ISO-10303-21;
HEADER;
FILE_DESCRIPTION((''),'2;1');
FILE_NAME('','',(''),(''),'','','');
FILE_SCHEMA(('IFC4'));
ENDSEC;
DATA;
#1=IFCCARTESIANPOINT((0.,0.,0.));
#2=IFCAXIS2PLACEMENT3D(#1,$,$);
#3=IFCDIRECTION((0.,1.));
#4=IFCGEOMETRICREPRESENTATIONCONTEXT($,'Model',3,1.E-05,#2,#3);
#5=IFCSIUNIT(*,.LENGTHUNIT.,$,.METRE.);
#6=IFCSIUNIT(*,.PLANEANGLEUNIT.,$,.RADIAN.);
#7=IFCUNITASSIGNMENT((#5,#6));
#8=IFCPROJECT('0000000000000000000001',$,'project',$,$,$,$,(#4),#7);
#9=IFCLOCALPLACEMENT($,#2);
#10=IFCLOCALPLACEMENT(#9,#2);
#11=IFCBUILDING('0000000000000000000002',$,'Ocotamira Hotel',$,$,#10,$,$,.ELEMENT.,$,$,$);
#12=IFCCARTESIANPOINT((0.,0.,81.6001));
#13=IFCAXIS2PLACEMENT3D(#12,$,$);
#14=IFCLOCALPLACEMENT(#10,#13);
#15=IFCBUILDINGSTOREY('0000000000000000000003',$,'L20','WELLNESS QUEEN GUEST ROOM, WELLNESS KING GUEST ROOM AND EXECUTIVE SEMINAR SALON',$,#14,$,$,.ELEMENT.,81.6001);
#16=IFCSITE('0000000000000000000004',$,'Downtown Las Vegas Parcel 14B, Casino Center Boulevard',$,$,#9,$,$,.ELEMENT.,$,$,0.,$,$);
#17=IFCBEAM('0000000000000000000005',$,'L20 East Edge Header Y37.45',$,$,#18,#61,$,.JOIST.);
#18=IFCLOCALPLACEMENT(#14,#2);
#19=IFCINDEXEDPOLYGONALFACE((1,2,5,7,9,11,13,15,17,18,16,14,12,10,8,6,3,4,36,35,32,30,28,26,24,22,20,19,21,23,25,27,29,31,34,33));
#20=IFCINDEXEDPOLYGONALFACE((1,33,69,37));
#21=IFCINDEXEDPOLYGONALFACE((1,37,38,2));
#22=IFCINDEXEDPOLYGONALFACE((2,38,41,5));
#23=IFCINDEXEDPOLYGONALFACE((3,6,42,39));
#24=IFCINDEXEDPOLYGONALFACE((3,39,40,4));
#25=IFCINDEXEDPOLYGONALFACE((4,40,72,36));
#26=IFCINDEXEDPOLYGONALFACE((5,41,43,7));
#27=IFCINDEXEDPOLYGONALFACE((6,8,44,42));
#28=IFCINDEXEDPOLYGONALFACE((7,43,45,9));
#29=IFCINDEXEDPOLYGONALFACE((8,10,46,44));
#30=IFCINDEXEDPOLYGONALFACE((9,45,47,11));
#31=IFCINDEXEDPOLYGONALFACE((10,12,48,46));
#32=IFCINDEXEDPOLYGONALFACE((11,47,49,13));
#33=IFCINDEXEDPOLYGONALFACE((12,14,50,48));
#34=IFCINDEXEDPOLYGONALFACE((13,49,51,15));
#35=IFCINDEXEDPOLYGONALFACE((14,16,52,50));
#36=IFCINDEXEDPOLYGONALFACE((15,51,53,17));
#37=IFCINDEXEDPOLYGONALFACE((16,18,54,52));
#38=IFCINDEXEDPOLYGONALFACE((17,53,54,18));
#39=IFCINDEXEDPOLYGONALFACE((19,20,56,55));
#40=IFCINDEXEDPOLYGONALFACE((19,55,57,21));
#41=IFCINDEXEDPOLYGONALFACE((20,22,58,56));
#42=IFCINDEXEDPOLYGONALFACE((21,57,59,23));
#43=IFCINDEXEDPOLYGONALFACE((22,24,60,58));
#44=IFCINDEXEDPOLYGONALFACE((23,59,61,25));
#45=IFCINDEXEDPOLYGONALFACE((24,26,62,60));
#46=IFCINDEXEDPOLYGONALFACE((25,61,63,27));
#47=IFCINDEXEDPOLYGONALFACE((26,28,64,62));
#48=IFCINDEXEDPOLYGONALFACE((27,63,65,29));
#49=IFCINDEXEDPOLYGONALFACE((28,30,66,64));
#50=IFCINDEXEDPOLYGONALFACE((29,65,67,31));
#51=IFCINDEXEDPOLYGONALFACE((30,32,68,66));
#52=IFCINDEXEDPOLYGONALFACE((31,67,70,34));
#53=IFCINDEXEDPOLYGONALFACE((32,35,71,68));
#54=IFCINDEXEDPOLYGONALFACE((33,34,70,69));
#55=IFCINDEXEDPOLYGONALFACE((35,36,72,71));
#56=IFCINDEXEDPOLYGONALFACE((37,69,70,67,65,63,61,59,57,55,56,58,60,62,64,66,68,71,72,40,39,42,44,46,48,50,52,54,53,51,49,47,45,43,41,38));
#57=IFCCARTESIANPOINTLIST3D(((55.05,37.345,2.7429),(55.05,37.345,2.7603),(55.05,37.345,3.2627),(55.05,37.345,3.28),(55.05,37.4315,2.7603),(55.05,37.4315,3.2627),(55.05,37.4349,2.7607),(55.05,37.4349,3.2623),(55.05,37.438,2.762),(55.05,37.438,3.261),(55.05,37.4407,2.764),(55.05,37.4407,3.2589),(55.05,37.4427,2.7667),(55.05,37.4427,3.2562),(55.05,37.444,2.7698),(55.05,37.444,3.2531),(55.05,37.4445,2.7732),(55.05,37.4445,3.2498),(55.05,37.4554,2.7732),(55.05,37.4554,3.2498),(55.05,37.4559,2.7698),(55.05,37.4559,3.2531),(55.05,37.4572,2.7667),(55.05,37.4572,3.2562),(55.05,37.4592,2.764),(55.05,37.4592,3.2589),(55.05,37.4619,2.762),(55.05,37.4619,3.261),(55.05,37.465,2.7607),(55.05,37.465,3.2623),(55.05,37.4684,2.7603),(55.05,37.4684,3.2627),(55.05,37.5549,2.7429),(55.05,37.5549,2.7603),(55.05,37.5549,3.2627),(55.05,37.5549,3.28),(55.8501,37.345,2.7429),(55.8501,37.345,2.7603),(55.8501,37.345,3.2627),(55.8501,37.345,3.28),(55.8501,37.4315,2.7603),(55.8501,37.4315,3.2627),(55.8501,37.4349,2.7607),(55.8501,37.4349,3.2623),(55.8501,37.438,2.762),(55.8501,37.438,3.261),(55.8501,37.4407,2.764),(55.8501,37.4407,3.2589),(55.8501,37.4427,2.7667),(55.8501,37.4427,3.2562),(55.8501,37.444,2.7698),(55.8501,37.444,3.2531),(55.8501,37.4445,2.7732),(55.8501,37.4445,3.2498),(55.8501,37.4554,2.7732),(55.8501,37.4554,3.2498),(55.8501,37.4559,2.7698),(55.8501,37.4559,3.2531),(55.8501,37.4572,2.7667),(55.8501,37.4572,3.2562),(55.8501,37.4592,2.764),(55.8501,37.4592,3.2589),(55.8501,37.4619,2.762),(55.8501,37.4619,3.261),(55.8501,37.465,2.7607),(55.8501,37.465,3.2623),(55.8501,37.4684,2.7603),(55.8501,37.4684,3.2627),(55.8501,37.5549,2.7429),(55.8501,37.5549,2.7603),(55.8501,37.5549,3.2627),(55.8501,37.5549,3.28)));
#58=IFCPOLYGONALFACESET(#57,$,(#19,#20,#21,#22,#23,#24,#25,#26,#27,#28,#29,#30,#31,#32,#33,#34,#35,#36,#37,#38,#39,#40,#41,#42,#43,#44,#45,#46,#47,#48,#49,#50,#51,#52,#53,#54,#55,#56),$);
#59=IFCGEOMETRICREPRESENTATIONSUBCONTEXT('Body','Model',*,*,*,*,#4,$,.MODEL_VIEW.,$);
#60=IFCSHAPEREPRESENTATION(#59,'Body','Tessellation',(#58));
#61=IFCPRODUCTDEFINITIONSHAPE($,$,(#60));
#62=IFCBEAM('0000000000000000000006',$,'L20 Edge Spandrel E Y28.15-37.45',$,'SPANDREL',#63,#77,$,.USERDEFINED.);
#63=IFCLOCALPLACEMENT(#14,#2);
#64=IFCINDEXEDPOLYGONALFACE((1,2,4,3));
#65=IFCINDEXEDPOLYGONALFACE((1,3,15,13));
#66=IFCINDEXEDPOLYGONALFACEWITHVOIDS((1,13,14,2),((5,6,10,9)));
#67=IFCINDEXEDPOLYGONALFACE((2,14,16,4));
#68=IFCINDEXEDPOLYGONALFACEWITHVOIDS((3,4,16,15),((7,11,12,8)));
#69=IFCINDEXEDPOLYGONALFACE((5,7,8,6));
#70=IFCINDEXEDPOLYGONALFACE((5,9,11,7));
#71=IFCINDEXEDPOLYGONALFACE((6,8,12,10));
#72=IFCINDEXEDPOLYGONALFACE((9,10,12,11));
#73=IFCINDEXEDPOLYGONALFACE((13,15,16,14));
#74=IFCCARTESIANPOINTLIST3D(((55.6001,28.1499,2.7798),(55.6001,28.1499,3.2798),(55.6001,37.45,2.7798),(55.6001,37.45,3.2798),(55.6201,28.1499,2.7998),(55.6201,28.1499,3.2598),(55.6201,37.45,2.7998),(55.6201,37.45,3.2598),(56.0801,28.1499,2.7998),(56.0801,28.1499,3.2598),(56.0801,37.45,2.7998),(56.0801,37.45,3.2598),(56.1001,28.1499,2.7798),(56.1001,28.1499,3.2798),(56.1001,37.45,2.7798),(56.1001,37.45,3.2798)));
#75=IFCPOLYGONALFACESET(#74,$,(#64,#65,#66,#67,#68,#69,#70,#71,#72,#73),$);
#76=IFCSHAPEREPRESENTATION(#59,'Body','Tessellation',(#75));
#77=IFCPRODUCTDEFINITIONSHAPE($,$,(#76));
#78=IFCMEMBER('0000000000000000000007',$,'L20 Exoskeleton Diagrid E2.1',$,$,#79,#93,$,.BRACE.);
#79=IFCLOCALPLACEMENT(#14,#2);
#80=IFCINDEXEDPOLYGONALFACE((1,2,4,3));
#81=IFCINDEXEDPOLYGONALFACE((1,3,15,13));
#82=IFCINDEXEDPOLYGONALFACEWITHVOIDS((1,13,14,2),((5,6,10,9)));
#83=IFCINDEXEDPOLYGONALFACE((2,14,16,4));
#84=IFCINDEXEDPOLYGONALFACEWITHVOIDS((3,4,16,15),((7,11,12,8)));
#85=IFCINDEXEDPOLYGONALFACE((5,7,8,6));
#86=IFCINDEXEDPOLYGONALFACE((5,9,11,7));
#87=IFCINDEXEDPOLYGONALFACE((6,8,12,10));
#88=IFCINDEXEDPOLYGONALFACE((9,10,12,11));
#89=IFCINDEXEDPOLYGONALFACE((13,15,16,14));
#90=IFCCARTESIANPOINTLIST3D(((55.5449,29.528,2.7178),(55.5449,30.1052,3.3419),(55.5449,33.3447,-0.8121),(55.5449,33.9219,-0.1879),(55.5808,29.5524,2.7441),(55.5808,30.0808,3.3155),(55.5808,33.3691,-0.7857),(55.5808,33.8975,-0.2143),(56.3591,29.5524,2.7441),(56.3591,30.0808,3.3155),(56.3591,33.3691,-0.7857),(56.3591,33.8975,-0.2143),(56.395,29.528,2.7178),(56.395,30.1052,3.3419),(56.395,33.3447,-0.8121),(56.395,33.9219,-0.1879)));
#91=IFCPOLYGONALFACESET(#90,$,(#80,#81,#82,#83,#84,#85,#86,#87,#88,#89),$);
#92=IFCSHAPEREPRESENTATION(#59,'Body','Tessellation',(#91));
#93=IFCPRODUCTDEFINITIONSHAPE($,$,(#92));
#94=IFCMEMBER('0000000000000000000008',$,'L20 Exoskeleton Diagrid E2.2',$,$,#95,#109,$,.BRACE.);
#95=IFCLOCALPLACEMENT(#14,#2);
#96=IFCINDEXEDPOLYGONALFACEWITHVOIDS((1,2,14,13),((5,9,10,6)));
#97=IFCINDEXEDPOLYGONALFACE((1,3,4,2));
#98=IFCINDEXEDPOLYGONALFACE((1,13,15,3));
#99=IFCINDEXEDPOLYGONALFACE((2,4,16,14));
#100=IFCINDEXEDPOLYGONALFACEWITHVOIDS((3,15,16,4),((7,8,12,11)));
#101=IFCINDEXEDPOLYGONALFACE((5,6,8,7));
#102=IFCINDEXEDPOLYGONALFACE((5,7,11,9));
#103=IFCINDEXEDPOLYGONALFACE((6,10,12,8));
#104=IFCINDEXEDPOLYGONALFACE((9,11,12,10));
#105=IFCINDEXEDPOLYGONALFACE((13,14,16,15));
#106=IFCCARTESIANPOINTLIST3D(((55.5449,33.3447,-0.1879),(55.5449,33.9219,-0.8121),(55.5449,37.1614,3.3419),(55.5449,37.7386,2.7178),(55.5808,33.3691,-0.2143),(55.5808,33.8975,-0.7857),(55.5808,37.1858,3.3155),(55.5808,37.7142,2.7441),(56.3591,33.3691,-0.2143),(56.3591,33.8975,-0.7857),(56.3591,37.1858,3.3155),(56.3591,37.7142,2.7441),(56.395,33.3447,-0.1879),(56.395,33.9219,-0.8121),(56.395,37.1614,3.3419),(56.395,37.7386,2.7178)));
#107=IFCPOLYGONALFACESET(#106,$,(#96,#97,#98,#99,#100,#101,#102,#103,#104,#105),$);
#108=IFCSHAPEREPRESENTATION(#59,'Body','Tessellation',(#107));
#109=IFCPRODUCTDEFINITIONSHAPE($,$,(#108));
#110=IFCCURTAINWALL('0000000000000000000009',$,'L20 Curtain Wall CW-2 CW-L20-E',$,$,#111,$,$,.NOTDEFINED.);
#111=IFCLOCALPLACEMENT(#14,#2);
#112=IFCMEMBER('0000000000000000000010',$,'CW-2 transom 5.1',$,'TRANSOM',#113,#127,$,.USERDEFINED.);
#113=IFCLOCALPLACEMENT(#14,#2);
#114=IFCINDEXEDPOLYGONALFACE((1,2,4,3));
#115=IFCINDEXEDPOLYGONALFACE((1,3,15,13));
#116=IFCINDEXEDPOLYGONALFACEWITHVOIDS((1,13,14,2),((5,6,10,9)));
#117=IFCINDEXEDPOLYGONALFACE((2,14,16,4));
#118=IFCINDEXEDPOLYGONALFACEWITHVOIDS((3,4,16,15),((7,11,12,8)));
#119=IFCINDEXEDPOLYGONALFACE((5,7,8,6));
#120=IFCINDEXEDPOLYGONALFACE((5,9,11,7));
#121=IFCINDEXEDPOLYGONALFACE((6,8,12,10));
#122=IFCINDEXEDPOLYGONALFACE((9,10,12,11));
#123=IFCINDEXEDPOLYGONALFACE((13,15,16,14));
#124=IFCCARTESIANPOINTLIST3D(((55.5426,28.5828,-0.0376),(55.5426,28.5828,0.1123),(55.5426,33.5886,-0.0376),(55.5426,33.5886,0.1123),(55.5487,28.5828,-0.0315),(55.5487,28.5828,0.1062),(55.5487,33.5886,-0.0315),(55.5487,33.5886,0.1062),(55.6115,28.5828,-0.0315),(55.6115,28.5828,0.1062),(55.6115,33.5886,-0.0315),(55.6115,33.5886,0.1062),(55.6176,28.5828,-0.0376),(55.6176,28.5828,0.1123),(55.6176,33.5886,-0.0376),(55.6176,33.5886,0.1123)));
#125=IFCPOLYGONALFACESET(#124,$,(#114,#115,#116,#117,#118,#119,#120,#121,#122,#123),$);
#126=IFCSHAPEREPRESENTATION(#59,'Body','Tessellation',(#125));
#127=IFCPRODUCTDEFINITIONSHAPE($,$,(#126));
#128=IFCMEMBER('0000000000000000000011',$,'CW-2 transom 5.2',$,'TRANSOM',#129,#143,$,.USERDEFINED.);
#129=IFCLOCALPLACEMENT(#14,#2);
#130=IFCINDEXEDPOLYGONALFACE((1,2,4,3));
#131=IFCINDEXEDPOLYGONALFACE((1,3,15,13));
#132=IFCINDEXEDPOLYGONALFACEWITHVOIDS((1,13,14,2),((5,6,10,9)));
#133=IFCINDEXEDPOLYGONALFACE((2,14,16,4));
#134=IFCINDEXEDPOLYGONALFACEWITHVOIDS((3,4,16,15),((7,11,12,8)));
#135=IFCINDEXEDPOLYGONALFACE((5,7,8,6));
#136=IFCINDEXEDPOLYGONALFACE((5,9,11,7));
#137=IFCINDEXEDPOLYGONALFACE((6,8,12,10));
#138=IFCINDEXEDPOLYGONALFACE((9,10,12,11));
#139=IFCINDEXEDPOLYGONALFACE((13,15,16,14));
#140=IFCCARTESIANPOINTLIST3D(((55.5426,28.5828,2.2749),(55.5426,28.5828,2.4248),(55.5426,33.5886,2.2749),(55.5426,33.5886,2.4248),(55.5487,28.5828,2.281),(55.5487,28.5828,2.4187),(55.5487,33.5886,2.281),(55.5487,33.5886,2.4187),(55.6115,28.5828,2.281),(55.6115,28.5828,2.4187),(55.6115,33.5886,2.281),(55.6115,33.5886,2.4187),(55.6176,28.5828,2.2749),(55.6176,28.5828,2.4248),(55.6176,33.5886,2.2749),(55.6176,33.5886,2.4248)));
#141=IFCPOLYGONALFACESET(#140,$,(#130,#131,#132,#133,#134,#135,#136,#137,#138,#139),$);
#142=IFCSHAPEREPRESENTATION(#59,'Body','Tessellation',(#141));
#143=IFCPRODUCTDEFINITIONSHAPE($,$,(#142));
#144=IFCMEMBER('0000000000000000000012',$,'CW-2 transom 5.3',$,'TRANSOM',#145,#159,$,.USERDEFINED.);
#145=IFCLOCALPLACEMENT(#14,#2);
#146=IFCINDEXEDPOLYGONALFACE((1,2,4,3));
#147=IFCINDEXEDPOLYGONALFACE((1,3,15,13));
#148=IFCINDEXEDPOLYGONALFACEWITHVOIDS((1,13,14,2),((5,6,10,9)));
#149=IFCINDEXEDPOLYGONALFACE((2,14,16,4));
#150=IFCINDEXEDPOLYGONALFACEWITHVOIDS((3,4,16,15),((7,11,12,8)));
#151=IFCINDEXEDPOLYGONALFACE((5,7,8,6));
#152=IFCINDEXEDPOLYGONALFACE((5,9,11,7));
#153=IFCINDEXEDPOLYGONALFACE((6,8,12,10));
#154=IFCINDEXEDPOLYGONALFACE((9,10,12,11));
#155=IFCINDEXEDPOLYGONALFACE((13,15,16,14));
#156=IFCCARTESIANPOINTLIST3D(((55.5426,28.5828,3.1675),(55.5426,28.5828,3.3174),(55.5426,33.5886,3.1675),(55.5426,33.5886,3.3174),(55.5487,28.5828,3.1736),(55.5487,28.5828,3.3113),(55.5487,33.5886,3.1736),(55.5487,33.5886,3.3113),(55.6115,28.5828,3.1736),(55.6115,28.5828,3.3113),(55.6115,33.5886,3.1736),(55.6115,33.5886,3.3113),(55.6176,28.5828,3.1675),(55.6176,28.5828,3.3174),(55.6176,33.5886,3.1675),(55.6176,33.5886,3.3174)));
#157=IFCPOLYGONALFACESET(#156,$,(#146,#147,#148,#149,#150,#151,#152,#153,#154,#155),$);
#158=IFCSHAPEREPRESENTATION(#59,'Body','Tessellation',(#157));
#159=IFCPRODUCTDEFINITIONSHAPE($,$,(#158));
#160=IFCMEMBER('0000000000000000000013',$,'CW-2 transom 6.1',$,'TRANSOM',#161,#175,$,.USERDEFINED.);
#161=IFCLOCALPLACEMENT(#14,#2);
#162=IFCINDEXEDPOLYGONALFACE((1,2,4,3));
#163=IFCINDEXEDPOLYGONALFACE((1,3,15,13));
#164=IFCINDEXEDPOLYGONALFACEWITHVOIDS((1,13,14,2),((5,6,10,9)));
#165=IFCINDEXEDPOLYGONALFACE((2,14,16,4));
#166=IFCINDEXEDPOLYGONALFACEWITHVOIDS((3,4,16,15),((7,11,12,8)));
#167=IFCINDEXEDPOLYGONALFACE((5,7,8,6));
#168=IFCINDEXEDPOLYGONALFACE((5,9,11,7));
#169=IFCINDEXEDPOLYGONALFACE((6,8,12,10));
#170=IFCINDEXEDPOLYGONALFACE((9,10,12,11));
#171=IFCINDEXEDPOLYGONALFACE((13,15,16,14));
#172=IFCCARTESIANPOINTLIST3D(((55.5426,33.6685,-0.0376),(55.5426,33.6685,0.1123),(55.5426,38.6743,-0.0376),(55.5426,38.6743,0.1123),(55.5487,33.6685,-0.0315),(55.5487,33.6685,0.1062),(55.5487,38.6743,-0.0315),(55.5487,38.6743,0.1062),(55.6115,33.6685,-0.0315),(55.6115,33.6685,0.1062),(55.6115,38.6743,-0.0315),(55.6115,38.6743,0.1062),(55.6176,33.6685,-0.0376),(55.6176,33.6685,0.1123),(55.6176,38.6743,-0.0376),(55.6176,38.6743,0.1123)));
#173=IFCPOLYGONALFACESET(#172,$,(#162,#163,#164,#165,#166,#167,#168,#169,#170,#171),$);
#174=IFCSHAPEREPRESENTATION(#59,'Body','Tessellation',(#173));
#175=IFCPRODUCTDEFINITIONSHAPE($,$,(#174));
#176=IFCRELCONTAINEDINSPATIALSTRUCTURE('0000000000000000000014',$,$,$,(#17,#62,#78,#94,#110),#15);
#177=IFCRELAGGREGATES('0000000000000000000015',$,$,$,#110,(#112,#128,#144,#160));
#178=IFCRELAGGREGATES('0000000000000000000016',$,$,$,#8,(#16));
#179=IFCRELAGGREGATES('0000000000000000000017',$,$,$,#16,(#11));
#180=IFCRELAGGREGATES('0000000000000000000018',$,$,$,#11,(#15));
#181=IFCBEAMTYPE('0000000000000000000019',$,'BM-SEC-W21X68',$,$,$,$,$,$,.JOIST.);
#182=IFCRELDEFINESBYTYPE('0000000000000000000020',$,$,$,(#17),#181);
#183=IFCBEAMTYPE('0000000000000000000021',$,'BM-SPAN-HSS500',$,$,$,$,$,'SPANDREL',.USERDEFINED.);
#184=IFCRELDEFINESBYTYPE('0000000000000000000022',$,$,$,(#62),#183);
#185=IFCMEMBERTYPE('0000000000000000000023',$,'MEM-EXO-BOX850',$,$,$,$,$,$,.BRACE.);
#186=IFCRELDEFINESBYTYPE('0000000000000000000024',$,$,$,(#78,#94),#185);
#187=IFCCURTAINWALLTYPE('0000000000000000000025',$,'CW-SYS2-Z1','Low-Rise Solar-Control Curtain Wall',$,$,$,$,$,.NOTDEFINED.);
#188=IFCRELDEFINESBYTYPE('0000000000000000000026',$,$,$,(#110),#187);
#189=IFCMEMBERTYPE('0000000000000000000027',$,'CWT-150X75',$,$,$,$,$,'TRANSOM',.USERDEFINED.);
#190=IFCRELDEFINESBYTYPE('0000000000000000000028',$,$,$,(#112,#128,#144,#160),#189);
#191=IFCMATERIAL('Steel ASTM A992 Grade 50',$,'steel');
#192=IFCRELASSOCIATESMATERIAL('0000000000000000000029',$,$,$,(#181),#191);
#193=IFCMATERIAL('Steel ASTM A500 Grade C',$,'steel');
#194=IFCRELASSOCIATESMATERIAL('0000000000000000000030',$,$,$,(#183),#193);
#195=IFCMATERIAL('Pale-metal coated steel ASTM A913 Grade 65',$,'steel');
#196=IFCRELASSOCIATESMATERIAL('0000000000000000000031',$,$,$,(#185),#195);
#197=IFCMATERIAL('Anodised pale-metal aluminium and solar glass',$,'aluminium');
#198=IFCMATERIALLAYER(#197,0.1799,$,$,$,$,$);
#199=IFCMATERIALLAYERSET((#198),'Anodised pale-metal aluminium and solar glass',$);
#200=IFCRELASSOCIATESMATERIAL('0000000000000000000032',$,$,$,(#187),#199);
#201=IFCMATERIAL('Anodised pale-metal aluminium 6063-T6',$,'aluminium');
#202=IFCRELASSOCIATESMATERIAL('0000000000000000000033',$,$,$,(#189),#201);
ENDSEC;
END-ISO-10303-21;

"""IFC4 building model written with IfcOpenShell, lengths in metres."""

from ifc_helpers import new_model, si_unit, direction, frame, origin, origin_2d, place, context, subcontext, project, spatial, hollow_rectangle, i_section, extrude, source, transform, mapped, material, layer, layer_set, material_profile, profile_set, type_object, element, aggregate, save


model = new_model("IFC4")

# Units and contexts
model_context = context("Model", 3, precision=1e-05, world=origin(), true_north=direction((0.0, 1.0)))
body_context = subcontext(model_context, "Body", "Model", "MODEL_VIEW")
ifc_project = project(units=[si_unit("LENGTHUNIT", "METRE"), si_unit("PLANEANGLEUNIT", "RADIAN")], contexts=[model_context])

# Site, building, storey
site_placement = place(None, origin())
site = spatial("IfcSite", under=ifc_project, at=site_placement, Name="Downtown Las Vegas Parcel 14B, Casino Center Boulevard", CompositionType="ELEMENT", RefElevation=0.0)
building_placement = place(site_placement, origin())
building = spatial("IfcBuilding", under=site, at=building_placement, Name="Ocotamira Hotel", CompositionType="ELEMENT")
storey_placement = place(building_placement, frame((0.0, 0.0, 81.6001)))
storey = spatial("IfcBuildingStorey", under=building, at=storey_placement, Name="L20", Description="WELLNESS QUEEN GUEST ROOM, WELLNESS KING GUEST ROOM AND EXECUTIVE SEMINAR SALON", CompositionType="ELEMENT", Elevation=81.6001)

# Beams
ifc_material_1 = material(Name="Steel ASTM A500 Grade C", Category="steel")
ifc_material_2 = material(Name="Steel ASTM A992 Grade 50", Category="steel")
ifc_material_profile_1 = material_profile(ifc_material_2, i_section(OverallWidth=0.21, OverallDepth=0.5371, WebThickness=0.011, FlangeThickness=0.0173, FilletRadius=0.0129, at=origin_2d()), Name="W21X68")
ifc_profile_set_1 = profile_set([ifc_material_profile_1], Name="Steel ASTM A992 Grade 50")
beam_type_1 = type_object("IfcBeamType", Name="BM-SEC-W21X68", PredefinedType="JOIST", material=ifc_profile_set_1)
shared_shape_1 = source(origin(), body_context, "Body", "SweptSolid", [
    extrude(i_section(OverallWidth=0.21, OverallDepth=0.5371, WebThickness=0.011, FlangeThickness=0.0173, FilletRadius=0.0129, at=origin_2d()), origin(), (0.0, 0.0, 1.0), 0.8),
])
for number, where, z_axis, x_axis, name in (
    (1, (55.05, 37.45, 3.0115), (1.0, 0.0, 0.0), (0.0, 1.0, 0.0), "L20 East Edge Header Y37.45"),
):
    element("IfcBeam", number, at=place(storey_placement, frame(where, z_axis=z_axis, x_axis=x_axis)), inside=storey, type_object=beam_type_1, Name=name, PredefinedType="JOIST", context=body_context, shape_type="MappedRepresentation", body=[
        mapped(shared_shape_1, transform((0.0, 0.0, 0.0), scale=1.0)),
    ])
ifc_material_profile_2 = material_profile(ifc_material_1, hollow_rectangle(XDim=0.5, YDim=0.5, WallThickness=0.02, at=origin_2d()), Name="HSS500X500X20")
ifc_profile_set_2 = profile_set([ifc_material_profile_2], Name="Steel ASTM A500 Grade C")
beam_type_2 = type_object("IfcBeamType", Name="BM-SPAN-HSS500", ElementType="SPANDREL", PredefinedType="USERDEFINED", material=ifc_profile_set_2)
shared_shape_2 = source(origin(), body_context, "Body", "SweptSolid", [
    extrude(hollow_rectangle(XDim=0.5, YDim=0.5, WallThickness=0.02, at=origin_2d()), origin(), (0.0, 0.0, 1.0), 9.3),
])
beam_1_placement = place(storey_placement, frame((55.8501, 28.1499, 3.0298), z_axis=(0.0, 1.0, 0.0), x_axis=(-1.0, 0.0, 0.0)))
element("IfcBeam", 2, at=beam_1_placement, inside=storey, type_object=beam_type_2, Name="L20 Edge Spandrel E Y28.15-37.45", ObjectType="SPANDREL", PredefinedType="USERDEFINED", context=body_context, shape_type="MappedRepresentation", body=[
    mapped(shared_shape_2, transform((0.0, 0.0, 0.0), scale=1.0)),
])

# Members
ifc_material_3 = material(Name="Pale-metal coated steel ASTM A913 Grade 65", Category="steel")
ifc_material_profile_3 = material_profile(ifc_material_3, hollow_rectangle(XDim=0.8501, YDim=0.8501, WallThickness=0.0359, at=origin_2d()), Name="BOX850X850X36")
ifc_profile_set_3 = profile_set([ifc_material_profile_3], Name="Pale-metal coated steel ASTM A913 Grade 65")
member_type_1 = type_object("IfcMemberType", Name="MEM-EXO-BOX850", PredefinedType="BRACE", material=ifc_profile_set_3)
shared_shape_3 = source(origin(), body_context, "Body", "SweptSolid", [
    extrude(hollow_rectangle(XDim=0.8501, YDim=0.8501, WallThickness=0.0359, at=origin_2d()), origin(), (0.0, 0.0, 1.0), 5.1987),
])
for number, where, z_axis, x_axis, name in (
    (3, (55.97, 33.6333, -0.5), (0.0, -0.734159, 0.678978), (1.0, 0.0, 0.0), "L20 Exoskeleton Diagrid E2.1"),
    (4, (55.97, 33.6333, -0.5), (0.0, 0.734159, 0.678978), (-1.0, 0.0, 0.0), "L20 Exoskeleton Diagrid E2.2"),
):
    element("IfcMember", number, at=place(storey_placement, frame(where, z_axis=z_axis, x_axis=x_axis)), inside=storey, type_object=member_type_1, Name=name, PredefinedType="BRACE", context=body_context, shape_type="MappedRepresentation", body=[
        mapped(shared_shape_3, transform((0.0, 0.0, 0.0), scale=1.0)),
    ])

# Curtain wall, members
ifc_material_4 = material(Name="Anodised pale-metal aluminium and solar glass", Category="aluminium")
ifc_layer_1 = layer(ifc_material_4, 0.1799)
ifc_layer_set_1 = layer_set([ifc_layer_1], Name="Anodised pale-metal aluminium and solar glass")
curtain_wall_type = type_object("IfcCurtainWallType", Name="CW-SYS2-Z1", Description="Low-Rise Solar-Control Curtain Wall", PredefinedType="NOTDEFINED", material=ifc_layer_set_1)
curtain_wall_placement = place(storey_placement, origin())
curtain_wall = element("IfcCurtainWall", 5, at=curtain_wall_placement, inside=storey, type_object=curtain_wall_type, Name="L20 Curtain Wall CW-2 CW-L20-E", PredefinedType="NOTDEFINED")
ifc_material_5 = material(Name="Anodised pale-metal aluminium 6063-T6", Category="aluminium")
ifc_material_profile_4 = material_profile(ifc_material_5, hollow_rectangle(XDim=0.075, YDim=0.1499, WallThickness=0.0061, at=origin_2d()), Name="HSS150X75X6")
ifc_profile_set_4 = profile_set([ifc_material_profile_4], Name="Anodised pale-metal aluminium 6063-T6")
member_type_2 = type_object("IfcMemberType", Name="CWT-150X75", ElementType="TRANSOM", PredefinedType="USERDEFINED", material=ifc_profile_set_4)
shared_shape_4 = source(origin(), body_context, "Body", "SweptSolid", [
    extrude(hollow_rectangle(XDim=0.075, YDim=0.1499, WallThickness=0.0061, at=origin_2d()), origin(), (0.0, 0.0, 1.0), 5.0059),
])
member_1_placement = place(storey_placement, frame((55.5801, 28.5828, 0.0374), z_axis=(0.0, 1.0, 0.0), x_axis=(-1.0, 0.0, 0.0)))
member_1 = element("IfcMember", 6, at=member_1_placement, type_object=member_type_2, Name="CW-2 transom 5.1", ObjectType="TRANSOM", PredefinedType="USERDEFINED", context=body_context, shape_type="MappedRepresentation", body=[
    mapped(shared_shape_4, transform((0.0, 0.0, 0.0), scale=1.0)),
])
member_2_placement = place(storey_placement, frame((55.5801, 28.5828, 2.3499), z_axis=(0.0, 1.0, 0.0), x_axis=(-1.0, 0.0, 0.0)))
member_2 = element("IfcMember", 7, at=member_2_placement, type_object=member_type_2, Name="CW-2 transom 5.2", ObjectType="TRANSOM", PredefinedType="USERDEFINED", context=body_context, shape_type="MappedRepresentation", body=[
    mapped(shared_shape_4, transform((0.0, 0.0, 0.0), scale=1.0)),
])
member_3_placement = place(storey_placement, frame((55.5801, 28.5828, 3.2424), z_axis=(0.0, 1.0, 0.0), x_axis=(-1.0, 0.0, 0.0)))
member_3 = element("IfcMember", 8, at=member_3_placement, type_object=member_type_2, Name="CW-2 transom 5.3", ObjectType="TRANSOM", PredefinedType="USERDEFINED", context=body_context, shape_type="MappedRepresentation", body=[
    mapped(shared_shape_4, transform((0.0, 0.0, 0.0), scale=1.0)),
])
member_4_placement = place(storey_placement, frame((55.5801, 33.6685, 0.0374), z_axis=(0.0, 1.0, 0.0), x_axis=(-1.0, 0.0, 0.0)))
member_4 = element("IfcMember", 9, at=member_4_placement, type_object=member_type_2, Name="CW-2 transom 6.1", ObjectType="TRANSOM", PredefinedType="USERDEFINED", context=body_context, shape_type="MappedRepresentation", body=[
    mapped(shared_shape_4, transform((0.0, 0.0, 0.0), scale=1.0)),
])

aggregate(curtain_wall, [member_1, member_2, member_3, member_4])

save(model, "model.ifc")
